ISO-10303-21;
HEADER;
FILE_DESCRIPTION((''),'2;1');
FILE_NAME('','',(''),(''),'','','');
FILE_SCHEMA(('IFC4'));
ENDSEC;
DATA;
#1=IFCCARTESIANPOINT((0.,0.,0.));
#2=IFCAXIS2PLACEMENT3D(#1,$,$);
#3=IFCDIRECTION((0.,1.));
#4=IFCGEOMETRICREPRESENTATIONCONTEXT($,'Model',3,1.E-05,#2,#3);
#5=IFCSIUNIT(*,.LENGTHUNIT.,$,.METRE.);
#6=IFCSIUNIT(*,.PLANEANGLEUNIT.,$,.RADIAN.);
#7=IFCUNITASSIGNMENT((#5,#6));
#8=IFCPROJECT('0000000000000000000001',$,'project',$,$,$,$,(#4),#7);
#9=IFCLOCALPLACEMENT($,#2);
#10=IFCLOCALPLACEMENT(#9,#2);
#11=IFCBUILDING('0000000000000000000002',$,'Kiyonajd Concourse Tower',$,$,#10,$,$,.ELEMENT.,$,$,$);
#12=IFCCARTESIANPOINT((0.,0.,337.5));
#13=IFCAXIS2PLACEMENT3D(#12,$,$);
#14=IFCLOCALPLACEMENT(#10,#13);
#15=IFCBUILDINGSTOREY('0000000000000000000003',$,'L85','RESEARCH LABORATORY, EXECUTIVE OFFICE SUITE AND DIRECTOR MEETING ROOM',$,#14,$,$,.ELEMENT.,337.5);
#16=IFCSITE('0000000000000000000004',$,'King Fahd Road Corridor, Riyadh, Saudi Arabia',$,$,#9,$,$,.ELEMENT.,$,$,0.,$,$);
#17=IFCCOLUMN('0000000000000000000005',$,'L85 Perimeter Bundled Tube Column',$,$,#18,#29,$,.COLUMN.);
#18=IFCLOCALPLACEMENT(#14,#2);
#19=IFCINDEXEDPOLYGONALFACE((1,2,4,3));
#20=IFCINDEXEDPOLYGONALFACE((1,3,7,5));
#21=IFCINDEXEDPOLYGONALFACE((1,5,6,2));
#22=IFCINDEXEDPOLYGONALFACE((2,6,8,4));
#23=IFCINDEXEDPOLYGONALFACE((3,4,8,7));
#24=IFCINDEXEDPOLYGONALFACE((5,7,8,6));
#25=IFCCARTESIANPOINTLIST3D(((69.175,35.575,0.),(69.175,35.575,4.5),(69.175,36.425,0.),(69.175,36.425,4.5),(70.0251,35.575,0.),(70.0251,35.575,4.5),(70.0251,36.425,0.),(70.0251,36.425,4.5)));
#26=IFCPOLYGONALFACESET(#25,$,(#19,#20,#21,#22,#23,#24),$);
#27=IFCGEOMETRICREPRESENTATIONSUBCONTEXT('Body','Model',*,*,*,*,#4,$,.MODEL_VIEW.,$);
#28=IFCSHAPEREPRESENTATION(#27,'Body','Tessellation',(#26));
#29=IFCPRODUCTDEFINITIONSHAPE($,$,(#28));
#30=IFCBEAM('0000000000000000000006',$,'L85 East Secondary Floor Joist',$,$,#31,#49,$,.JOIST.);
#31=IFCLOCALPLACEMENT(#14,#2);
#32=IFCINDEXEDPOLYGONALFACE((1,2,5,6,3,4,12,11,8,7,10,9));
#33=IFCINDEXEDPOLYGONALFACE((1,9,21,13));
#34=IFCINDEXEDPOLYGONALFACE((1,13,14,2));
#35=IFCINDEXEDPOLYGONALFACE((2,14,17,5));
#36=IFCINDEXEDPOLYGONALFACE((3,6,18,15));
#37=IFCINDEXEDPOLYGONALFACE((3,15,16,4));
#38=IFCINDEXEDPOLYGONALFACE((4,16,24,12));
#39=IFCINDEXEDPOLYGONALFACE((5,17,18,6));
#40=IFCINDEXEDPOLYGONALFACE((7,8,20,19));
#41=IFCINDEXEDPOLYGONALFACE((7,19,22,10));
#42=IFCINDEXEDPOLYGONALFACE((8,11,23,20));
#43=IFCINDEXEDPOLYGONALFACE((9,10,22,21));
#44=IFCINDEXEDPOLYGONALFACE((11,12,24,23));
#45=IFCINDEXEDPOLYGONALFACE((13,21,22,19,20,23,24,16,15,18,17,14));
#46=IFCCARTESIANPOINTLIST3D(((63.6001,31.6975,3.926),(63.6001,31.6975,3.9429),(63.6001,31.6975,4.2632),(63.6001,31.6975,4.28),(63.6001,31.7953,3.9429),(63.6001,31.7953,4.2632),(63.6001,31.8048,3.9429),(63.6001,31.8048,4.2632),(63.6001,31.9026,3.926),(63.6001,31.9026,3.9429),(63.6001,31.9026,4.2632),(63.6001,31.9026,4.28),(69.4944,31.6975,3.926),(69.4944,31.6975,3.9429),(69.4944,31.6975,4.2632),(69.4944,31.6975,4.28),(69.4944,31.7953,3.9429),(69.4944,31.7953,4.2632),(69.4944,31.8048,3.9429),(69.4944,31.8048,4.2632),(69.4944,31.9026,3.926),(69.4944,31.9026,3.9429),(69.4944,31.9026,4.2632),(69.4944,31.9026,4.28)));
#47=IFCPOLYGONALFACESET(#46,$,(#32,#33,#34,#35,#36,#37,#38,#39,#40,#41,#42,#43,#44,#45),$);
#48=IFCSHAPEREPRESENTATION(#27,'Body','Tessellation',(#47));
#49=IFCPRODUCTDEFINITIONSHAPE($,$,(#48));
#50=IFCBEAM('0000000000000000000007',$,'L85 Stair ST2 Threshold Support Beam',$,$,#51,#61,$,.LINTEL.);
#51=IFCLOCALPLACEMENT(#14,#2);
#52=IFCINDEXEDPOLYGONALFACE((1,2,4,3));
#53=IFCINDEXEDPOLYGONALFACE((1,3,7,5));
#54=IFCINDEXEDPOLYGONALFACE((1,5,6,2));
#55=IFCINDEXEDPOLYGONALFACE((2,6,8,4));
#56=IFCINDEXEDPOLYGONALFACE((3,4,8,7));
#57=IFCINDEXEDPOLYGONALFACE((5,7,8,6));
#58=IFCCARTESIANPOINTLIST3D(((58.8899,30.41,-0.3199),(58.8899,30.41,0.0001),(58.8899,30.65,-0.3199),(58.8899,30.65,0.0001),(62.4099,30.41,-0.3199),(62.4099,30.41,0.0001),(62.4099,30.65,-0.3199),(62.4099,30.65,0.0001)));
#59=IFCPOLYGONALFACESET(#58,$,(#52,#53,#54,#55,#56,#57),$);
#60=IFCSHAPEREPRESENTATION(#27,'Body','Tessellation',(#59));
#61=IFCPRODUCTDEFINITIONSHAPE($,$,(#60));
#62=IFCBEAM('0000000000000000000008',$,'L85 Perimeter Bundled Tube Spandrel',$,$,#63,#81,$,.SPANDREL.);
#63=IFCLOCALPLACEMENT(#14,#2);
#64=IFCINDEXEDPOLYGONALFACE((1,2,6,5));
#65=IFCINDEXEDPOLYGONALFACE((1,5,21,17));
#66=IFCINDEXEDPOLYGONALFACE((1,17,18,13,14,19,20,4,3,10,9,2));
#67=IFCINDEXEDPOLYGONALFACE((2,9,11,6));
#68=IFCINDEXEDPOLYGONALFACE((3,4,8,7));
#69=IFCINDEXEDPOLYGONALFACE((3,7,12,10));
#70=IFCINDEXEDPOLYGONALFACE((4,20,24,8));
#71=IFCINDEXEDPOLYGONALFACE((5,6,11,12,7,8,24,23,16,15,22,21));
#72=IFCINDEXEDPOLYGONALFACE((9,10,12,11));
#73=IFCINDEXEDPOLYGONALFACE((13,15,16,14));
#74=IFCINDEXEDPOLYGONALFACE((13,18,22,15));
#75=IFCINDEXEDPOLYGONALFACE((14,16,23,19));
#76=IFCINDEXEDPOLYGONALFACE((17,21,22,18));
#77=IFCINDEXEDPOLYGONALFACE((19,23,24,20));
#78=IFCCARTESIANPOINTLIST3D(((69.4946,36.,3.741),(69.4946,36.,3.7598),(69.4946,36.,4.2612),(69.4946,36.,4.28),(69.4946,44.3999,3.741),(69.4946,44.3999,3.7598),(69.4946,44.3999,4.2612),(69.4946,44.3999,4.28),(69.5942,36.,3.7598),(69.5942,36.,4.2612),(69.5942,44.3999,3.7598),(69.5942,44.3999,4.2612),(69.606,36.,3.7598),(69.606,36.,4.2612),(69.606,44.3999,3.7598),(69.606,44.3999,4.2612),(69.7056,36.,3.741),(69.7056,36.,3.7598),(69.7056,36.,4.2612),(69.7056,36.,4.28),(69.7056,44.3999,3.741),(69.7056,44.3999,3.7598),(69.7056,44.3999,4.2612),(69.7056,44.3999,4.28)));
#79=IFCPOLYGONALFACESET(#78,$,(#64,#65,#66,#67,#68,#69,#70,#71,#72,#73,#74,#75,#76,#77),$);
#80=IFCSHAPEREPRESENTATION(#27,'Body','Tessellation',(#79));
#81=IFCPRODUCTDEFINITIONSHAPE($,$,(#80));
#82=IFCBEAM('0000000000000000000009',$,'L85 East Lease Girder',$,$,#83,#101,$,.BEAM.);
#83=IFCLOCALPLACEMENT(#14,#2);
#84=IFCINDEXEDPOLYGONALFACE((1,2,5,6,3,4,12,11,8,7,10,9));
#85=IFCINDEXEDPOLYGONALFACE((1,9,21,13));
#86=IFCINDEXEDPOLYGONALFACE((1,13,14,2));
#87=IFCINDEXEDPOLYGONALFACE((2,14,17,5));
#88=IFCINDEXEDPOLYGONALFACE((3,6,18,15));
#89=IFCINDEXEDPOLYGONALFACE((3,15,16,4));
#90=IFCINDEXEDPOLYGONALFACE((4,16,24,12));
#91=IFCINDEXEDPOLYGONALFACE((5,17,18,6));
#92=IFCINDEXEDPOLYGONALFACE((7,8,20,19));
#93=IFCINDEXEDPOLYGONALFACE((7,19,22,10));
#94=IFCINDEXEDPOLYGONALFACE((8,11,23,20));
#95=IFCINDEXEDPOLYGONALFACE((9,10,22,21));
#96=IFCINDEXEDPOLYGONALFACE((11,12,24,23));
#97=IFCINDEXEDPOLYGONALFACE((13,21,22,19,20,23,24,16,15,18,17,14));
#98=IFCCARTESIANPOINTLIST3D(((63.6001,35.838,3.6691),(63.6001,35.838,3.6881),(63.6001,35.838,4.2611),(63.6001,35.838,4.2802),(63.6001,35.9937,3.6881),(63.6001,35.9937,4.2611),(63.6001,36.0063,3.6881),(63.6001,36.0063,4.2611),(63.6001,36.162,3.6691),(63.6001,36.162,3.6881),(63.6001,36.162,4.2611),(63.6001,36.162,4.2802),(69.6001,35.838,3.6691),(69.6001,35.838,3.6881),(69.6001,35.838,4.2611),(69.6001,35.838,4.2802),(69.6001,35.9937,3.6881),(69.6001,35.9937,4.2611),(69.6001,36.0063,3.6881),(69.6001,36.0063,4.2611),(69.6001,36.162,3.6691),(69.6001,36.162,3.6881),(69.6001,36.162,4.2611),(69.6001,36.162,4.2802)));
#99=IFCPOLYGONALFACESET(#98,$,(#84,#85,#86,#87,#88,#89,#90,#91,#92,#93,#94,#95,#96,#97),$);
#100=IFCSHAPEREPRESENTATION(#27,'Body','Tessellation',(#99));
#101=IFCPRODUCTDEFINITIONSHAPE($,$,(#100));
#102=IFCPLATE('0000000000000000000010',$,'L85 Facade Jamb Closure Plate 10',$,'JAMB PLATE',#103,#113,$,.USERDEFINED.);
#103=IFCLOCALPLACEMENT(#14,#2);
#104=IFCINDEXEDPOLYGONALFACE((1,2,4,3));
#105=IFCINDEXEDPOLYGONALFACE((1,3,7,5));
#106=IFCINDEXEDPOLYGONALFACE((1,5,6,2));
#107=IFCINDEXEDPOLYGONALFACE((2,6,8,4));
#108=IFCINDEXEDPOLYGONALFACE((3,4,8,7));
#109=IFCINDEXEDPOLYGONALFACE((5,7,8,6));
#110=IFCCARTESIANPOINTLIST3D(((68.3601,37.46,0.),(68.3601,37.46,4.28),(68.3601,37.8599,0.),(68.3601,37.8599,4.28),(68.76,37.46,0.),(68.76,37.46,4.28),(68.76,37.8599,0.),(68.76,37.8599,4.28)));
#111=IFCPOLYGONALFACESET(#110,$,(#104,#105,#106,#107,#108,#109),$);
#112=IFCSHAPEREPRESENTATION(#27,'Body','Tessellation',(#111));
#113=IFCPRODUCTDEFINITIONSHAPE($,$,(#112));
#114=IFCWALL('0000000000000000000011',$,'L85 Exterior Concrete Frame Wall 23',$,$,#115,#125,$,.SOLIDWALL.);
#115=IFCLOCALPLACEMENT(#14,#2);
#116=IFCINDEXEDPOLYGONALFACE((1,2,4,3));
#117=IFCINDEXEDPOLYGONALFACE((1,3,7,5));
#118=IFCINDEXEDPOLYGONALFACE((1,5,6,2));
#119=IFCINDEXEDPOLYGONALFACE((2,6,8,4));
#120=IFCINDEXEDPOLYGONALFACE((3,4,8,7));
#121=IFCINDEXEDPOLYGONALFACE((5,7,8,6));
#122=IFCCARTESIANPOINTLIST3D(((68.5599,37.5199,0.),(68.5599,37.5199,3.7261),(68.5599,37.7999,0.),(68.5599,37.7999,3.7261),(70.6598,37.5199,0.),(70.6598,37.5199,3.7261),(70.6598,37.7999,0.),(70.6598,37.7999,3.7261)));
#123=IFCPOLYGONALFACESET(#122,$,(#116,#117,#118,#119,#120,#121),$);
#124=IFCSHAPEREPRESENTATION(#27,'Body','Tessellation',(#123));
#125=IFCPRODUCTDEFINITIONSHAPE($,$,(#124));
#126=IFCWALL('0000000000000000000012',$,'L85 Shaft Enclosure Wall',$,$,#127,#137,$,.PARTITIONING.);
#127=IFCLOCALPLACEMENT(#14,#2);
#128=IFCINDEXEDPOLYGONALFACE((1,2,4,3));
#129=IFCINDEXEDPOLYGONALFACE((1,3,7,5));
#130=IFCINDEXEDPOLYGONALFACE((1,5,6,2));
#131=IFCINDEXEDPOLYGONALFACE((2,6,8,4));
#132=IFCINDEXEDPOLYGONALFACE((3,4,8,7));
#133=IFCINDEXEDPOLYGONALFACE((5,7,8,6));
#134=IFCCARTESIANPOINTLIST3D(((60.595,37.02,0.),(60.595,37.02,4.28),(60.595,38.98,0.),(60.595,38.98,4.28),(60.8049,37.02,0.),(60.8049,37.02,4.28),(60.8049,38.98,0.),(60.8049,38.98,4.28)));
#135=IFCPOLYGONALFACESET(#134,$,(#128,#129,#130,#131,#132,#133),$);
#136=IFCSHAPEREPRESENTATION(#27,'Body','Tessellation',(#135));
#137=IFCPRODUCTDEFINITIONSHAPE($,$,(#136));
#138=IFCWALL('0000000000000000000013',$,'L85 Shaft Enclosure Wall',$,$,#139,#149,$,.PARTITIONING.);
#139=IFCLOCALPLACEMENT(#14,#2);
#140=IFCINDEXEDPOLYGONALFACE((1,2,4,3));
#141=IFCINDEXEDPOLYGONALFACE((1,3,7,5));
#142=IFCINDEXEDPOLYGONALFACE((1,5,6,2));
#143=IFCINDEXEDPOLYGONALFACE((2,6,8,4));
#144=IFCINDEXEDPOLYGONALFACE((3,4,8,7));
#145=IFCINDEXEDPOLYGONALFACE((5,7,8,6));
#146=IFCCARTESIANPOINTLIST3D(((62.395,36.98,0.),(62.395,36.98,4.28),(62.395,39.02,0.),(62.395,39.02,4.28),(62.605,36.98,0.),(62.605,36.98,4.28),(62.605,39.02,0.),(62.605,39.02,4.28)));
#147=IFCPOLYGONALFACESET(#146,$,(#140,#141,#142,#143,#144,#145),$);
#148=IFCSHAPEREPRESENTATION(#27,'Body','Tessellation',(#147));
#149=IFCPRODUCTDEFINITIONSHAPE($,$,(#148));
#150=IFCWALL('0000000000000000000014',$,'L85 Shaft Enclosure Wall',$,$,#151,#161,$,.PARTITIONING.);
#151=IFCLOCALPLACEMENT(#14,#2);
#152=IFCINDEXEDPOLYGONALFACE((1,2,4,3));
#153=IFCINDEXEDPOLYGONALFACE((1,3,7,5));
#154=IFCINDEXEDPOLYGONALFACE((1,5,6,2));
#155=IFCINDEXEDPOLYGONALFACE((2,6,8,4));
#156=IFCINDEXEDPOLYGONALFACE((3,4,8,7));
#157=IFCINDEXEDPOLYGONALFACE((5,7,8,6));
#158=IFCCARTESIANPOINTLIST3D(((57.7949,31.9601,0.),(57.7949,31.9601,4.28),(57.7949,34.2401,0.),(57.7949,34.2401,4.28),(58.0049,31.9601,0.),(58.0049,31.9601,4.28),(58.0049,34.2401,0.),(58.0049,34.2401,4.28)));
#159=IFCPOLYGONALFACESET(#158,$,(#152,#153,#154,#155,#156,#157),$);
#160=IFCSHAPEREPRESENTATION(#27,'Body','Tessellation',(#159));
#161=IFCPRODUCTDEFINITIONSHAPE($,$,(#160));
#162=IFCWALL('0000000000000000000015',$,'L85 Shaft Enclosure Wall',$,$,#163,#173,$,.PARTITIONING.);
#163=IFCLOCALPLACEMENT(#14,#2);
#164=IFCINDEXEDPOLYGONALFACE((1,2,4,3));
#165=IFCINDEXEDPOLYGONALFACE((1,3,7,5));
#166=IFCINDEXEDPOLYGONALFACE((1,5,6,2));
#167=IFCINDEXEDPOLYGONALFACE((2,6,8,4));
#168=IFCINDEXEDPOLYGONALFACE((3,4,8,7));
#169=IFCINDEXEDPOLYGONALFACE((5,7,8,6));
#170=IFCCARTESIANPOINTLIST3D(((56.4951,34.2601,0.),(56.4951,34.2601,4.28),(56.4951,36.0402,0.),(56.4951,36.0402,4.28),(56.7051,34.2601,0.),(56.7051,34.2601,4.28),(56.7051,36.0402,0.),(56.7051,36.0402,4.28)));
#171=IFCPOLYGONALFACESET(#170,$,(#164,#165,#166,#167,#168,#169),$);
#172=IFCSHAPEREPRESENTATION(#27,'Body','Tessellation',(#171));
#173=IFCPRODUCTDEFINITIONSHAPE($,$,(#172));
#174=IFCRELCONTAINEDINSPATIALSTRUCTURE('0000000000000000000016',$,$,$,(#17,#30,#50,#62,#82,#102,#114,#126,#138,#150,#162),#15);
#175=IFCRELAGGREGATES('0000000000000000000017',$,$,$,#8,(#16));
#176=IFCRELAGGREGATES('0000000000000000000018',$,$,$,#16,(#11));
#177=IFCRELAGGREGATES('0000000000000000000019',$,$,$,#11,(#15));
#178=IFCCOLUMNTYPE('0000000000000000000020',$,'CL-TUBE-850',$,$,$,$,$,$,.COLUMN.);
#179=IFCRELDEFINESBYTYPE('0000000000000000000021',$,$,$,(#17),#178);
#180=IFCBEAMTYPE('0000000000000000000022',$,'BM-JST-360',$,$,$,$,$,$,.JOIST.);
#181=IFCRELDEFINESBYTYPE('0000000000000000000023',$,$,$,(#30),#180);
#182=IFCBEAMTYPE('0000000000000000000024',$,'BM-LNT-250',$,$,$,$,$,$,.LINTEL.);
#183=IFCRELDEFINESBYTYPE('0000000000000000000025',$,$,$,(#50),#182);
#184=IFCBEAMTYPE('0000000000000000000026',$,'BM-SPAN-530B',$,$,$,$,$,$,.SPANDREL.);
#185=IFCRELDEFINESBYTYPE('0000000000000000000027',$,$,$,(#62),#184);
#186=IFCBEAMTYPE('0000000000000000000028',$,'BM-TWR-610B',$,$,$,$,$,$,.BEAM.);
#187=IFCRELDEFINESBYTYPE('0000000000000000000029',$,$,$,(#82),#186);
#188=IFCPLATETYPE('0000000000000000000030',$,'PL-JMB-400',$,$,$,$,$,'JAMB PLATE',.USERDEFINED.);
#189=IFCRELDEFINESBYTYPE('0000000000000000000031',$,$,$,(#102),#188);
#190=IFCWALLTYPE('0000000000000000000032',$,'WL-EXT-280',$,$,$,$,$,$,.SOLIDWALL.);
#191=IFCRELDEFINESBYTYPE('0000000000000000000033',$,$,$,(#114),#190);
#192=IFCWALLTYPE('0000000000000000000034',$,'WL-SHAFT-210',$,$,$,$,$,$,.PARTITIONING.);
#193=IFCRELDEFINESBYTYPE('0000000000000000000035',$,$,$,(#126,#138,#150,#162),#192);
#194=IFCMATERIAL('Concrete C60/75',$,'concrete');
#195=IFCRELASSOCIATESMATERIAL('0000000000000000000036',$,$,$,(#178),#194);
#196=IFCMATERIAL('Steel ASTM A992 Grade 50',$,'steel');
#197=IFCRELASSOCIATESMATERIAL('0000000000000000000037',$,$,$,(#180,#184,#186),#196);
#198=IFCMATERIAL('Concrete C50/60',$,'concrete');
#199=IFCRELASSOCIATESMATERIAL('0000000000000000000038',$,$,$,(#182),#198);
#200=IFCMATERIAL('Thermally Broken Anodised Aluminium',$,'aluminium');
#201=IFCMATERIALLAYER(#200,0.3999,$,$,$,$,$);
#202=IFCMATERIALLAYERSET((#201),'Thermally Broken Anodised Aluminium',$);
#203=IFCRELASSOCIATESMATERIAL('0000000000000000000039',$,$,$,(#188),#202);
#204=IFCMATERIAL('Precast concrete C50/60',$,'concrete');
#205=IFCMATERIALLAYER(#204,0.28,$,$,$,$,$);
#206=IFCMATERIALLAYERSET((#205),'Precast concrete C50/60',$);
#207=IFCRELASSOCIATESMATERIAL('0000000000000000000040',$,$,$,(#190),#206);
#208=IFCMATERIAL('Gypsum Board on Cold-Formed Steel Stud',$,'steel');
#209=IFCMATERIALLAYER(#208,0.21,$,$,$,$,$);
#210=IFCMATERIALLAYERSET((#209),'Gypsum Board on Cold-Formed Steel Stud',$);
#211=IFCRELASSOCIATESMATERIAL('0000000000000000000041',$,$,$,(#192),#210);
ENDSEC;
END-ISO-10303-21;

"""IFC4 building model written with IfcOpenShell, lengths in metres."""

from ifc_helpers import new_model, si_unit, direction, frame, frame_2d, origin, origin_2d, place, context, subcontext, project, spatial, rectangle, i_section, extrude, material, layer, layer_set, material_profile, profile_set, type_object, element, save


model = new_model("IFC4")

# Units and contexts
model_context = context("Model", 3, precision=1e-05, world=origin(), true_north=direction((0.0, 1.0)))
body_context = subcontext(model_context, "Body", "Model", "MODEL_VIEW")
ifc_project = project(units=[si_unit("LENGTHUNIT", "METRE"), si_unit("PLANEANGLEUNIT", "RADIAN")], contexts=[model_context])

# Site, building, storey
site_placement = place(None, origin())
site = spatial("IfcSite", under=ifc_project, at=site_placement, Name="King Fahd Road Corridor, Riyadh, Saudi Arabia", CompositionType="ELEMENT", RefElevation=0.0)
building_placement = place(site_placement, origin())
building = spatial("IfcBuilding", under=site, at=building_placement, Name="Kiyonajd Concourse Tower", CompositionType="ELEMENT")
storey_placement = place(building_placement, frame((0.0, 0.0, 337.5)))
storey = spatial("IfcBuildingStorey", under=building, at=storey_placement, Name="L85", Description="RESEARCH LABORATORY, EXECUTIVE OFFICE SUITE AND DIRECTOR MEETING ROOM", CompositionType="ELEMENT", Elevation=337.5)

# Column
ifc_material_1 = material(Name="Concrete C60/75", Category="concrete")
ifc_material_profile_1 = material_profile(ifc_material_1, rectangle(XDim=0.8501, YDim=0.8501, at=origin_2d()), Name="RC-850x850")
ifc_profile_set_1 = profile_set([ifc_material_profile_1], Name="Concrete C60/75")
column_type = type_object("IfcColumnType", Name="CL-TUBE-850", PredefinedType="COLUMN", material=ifc_profile_set_1)
column_placement = place(storey_placement, frame((69.6001, 36.0, 0.0), z_axis=(0.0, 0.0, 1.0), x_axis=(1.0, 0.0, 0.0)))
element("IfcColumn", 1, at=column_placement, inside=storey, type_object=column_type, Name="L85 Perimeter Bundled Tube Column", PredefinedType="COLUMN", context=body_context, shape_type="SweptSolid", body=[
    extrude(rectangle(XDim=0.8501, YDim=0.8501, at=origin_2d()), origin(), (0.0, 0.0, 1.0), 4.5),
])

# Beams
ifc_material_2 = material(Name="Steel ASTM A992 Grade 50", Category="steel")
ifc_material_profile_2 = material_profile(ifc_material_2, i_section(OverallWidth=0.2051, OverallDepth=0.354, WebThickness=0.0095, FlangeThickness=0.0168, at=origin_2d()), Name="W360X79")
ifc_profile_set_2 = profile_set([ifc_material_profile_2], Name="Steel ASTM A992 Grade 50")
beam_type_1 = type_object("IfcBeamType", Name="BM-JST-360", PredefinedType="JOIST", material=ifc_profile_set_2)
beam_1_placement = place(storey_placement, frame((63.6001, 31.8, 4.103), z_axis=(1.0, 0.0, 0.0), x_axis=(0.0, 1.0, 0.0)))
element("IfcBeam", 2, at=beam_1_placement, inside=storey, type_object=beam_type_1, Name="L85 East Secondary Floor Joist", PredefinedType="JOIST", context=body_context, shape_type="SweptSolid", body=[
    extrude(i_section(OverallWidth=0.2051, OverallDepth=0.354, WebThickness=0.0095, FlangeThickness=0.0168, at=origin_2d()), origin(), (0.0, 0.0, 1.0), 5.8943),
])
ifc_material_3 = material(Name="Concrete C50/60", Category="concrete")
ifc_material_profile_3 = material_profile(ifc_material_3, rectangle(XDim=0.24, YDim=0.3201, at=origin_2d()), Name="RCBM-240x320")
ifc_profile_set_3 = profile_set([ifc_material_profile_3], Name="Concrete C50/60")
beam_type_2 = type_object("IfcBeamType", Name="BM-LNT-250", PredefinedType="LINTEL", material=ifc_profile_set_3)
beam_2_placement = place(storey_placement, frame((58.8899, 30.53, -0.1599), z_axis=(1.0, 0.0, 0.0), x_axis=(0.0, 1.0, 0.0)))
element("IfcBeam", 3, at=beam_2_placement, inside=storey, type_object=beam_type_2, Name="L85 Stair ST2 Threshold Support Beam", PredefinedType="LINTEL", context=body_context, shape_type="SweptSolid", body=[
    extrude(rectangle(XDim=0.24, YDim=0.3201, at=origin_2d()), origin(), (0.0, 0.0, 1.0), 3.52),
])
ifc_material_profile_4 = material_profile(ifc_material_2, i_section(OverallWidth=0.2109, OverallDepth=0.5391, WebThickness=0.0117, FlangeThickness=0.0188, at=origin_2d()), Name="W530X109")
ifc_profile_set_4 = profile_set([ifc_material_profile_4], Name="Steel ASTM A992 Grade 50")
beam_type_3 = type_object("IfcBeamType", Name="BM-SPAN-530B", PredefinedType="SPANDREL", material=ifc_profile_set_4)
beam_3_placement = place(storey_placement, frame((69.6001, 36.0, 4.0105), z_axis=(0.0, 1.0, 0.0), x_axis=(-1.0, 0.0, 0.0)))
element("IfcBeam", 4, at=beam_3_placement, inside=storey, type_object=beam_type_3, Name="L85 Perimeter Bundled Tube Spandrel", PredefinedType="SPANDREL", context=body_context, shape_type="SweptSolid", body=[
    extrude(i_section(OverallWidth=0.2109, OverallDepth=0.5391, WebThickness=0.0117, FlangeThickness=0.0188, at=origin_2d()), origin(), (0.0, 0.0, 1.0), 8.3999),
])
ifc_material_profile_5 = material_profile(ifc_material_2, i_section(OverallWidth=0.324, OverallDepth=0.6111, WebThickness=0.0127, FlangeThickness=0.019, at=origin_2d()), Name="W610X155")
ifc_profile_set_5 = profile_set([ifc_material_profile_5], Name="Steel ASTM A992 Grade 50")
beam_type_4 = type_object("IfcBeamType", Name="BM-TWR-610B", PredefinedType="BEAM", material=ifc_profile_set_5)
beam_4_placement = place(storey_placement, frame((63.6001, 36.0, 3.9746), z_axis=(1.0, 0.0, 0.0), x_axis=(0.0, 1.0, 0.0)))
element("IfcBeam", 5, at=beam_4_placement, inside=storey, type_object=beam_type_4, Name="L85 East Lease Girder", PredefinedType="BEAM", context=body_context, shape_type="SweptSolid", body=[
    extrude(i_section(OverallWidth=0.324, OverallDepth=0.6111, WebThickness=0.0127, FlangeThickness=0.019, at=origin_2d()), origin(), (0.0, 0.0, 1.0), 6.0),
])

# Plate
ifc_material_4 = material(Name="Thermally Broken Anodised Aluminium", Category="aluminium")
ifc_layer_1 = layer(ifc_material_4, 0.3999)
ifc_layer_set_1 = layer_set([ifc_layer_1], Name="Thermally Broken Anodised Aluminium")
plate_type = type_object("IfcPlateType", Name="PL-JMB-400", ElementType="JAMB PLATE", PredefinedType="USERDEFINED", material=ifc_layer_set_1)
plate_placement = place(storey_placement, frame((68.5601, 37.6599, 0.0), z_axis=(0.0, 0.0, 1.0), x_axis=(1.0, 0.0, 0.0)))
element("IfcPlate", 6, at=plate_placement, inside=storey, type_object=plate_type, Name="L85 Facade Jamb Closure Plate 10", ObjectType="JAMB PLATE", PredefinedType="USERDEFINED", context=body_context, shape_type="SweptSolid", body=[
    extrude(rectangle(XDim=0.3999, YDim=0.3999, at=origin_2d()), origin(), (0.0, 0.0, 1.0), 4.28),
])

# Walls
ifc_material_5 = material(Name="Precast concrete C50/60", Category="concrete")
ifc_layer_2 = layer(ifc_material_5, 0.28)
ifc_layer_set_2 = layer_set([ifc_layer_2], Name="Precast concrete C50/60")
wall_type_1 = type_object("IfcWallType", Name="WL-EXT-280", PredefinedType="SOLIDWALL", material=ifc_layer_set_2)
wall_1_placement = place(storey_placement, frame((68.5601, 37.6599, 0.0), z_axis=(0.0, 0.0, 1.0), x_axis=(1.0, 0.0, 0.0)))
element("IfcWall", 7, at=wall_1_placement, inside=storey, type_object=wall_type_1, Name="L85 Exterior Concrete Frame Wall 23", PredefinedType="SOLIDWALL", context=body_context, shape_type="SweptSolid", body=[
    extrude(rectangle(XDim=2.0999, YDim=0.28, at=frame_2d((1.0498, 0.0))), origin(), (0.0, 0.0, 1.0), 3.7261),
])
ifc_material_6 = material(Name="Gypsum Board on Cold-Formed Steel Stud", Category="steel")
ifc_layer_3 = layer(ifc_material_6, 0.21)
ifc_layer_set_3 = layer_set([ifc_layer_3], Name="Gypsum Board on Cold-Formed Steel Stud")
wall_type_2 = type_object("IfcWallType", Name="WL-SHAFT-210", PredefinedType="PARTITIONING", material=ifc_layer_set_3)
wall_2_placement = place(storey_placement, frame((60.7, 37.02, 0.0), z_axis=(0.0, 0.0, 1.0), x_axis=(0.0, 1.0, 0.0)))
element("IfcWall", 8, at=wall_2_placement, inside=storey, type_object=wall_type_2, Name="L85 Shaft Enclosure Wall", PredefinedType="PARTITIONING", context=body_context, shape_type="SweptSolid", body=[
    extrude(rectangle(XDim=1.96, YDim=0.21, at=frame_2d((0.98, 0.0))), origin(), (0.0, 0.0, 1.0), 4.28),
])
wall_3_placement = place(storey_placement, frame((62.5, 36.98, 0.0), z_axis=(0.0, 0.0, 1.0), x_axis=(0.0, 1.0, 0.0)))
element("IfcWall", 9, at=wall_3_placement, inside=storey, type_object=wall_type_2, Name="L85 Shaft Enclosure Wall", PredefinedType="PARTITIONING", context=body_context, shape_type="SweptSolid", body=[
    extrude(rectangle(XDim=2.04, YDim=0.21, at=frame_2d((1.02, 0.0))), origin(), (0.0, 0.0, 1.0), 4.28),
])
wall_4_placement = place(storey_placement, frame((57.8999, 31.96, 0.0), z_axis=(0.0, 0.0, 1.0), x_axis=(0.0, 1.0, 0.0)))
element("IfcWall", 10, at=wall_4_placement, inside=storey, type_object=wall_type_2, Name="L85 Shaft Enclosure Wall", PredefinedType="PARTITIONING", context=body_context, shape_type="SweptSolid", body=[
    extrude(rectangle(XDim=2.28, YDim=0.21, at=frame_2d((1.1401, 0.0))), origin(), (0.0, 0.0, 1.0), 4.28),
])
wall_5_placement = place(storey_placement, frame((56.6001, 34.26, 0.0), z_axis=(0.0, 0.0, 1.0), x_axis=(0.0, 1.0, 0.0)))
element("IfcWall", 11, at=wall_5_placement, inside=storey, type_object=wall_type_2, Name="L85 Shaft Enclosure Wall", PredefinedType="PARTITIONING", context=body_context, shape_type="SweptSolid", body=[
    extrude(rectangle(XDim=1.78, YDim=0.21, at=frame_2d((0.8901, 0.0))), origin(), (0.0, 0.0, 1.0), 4.28),
])

save(model, "model.ifc")
